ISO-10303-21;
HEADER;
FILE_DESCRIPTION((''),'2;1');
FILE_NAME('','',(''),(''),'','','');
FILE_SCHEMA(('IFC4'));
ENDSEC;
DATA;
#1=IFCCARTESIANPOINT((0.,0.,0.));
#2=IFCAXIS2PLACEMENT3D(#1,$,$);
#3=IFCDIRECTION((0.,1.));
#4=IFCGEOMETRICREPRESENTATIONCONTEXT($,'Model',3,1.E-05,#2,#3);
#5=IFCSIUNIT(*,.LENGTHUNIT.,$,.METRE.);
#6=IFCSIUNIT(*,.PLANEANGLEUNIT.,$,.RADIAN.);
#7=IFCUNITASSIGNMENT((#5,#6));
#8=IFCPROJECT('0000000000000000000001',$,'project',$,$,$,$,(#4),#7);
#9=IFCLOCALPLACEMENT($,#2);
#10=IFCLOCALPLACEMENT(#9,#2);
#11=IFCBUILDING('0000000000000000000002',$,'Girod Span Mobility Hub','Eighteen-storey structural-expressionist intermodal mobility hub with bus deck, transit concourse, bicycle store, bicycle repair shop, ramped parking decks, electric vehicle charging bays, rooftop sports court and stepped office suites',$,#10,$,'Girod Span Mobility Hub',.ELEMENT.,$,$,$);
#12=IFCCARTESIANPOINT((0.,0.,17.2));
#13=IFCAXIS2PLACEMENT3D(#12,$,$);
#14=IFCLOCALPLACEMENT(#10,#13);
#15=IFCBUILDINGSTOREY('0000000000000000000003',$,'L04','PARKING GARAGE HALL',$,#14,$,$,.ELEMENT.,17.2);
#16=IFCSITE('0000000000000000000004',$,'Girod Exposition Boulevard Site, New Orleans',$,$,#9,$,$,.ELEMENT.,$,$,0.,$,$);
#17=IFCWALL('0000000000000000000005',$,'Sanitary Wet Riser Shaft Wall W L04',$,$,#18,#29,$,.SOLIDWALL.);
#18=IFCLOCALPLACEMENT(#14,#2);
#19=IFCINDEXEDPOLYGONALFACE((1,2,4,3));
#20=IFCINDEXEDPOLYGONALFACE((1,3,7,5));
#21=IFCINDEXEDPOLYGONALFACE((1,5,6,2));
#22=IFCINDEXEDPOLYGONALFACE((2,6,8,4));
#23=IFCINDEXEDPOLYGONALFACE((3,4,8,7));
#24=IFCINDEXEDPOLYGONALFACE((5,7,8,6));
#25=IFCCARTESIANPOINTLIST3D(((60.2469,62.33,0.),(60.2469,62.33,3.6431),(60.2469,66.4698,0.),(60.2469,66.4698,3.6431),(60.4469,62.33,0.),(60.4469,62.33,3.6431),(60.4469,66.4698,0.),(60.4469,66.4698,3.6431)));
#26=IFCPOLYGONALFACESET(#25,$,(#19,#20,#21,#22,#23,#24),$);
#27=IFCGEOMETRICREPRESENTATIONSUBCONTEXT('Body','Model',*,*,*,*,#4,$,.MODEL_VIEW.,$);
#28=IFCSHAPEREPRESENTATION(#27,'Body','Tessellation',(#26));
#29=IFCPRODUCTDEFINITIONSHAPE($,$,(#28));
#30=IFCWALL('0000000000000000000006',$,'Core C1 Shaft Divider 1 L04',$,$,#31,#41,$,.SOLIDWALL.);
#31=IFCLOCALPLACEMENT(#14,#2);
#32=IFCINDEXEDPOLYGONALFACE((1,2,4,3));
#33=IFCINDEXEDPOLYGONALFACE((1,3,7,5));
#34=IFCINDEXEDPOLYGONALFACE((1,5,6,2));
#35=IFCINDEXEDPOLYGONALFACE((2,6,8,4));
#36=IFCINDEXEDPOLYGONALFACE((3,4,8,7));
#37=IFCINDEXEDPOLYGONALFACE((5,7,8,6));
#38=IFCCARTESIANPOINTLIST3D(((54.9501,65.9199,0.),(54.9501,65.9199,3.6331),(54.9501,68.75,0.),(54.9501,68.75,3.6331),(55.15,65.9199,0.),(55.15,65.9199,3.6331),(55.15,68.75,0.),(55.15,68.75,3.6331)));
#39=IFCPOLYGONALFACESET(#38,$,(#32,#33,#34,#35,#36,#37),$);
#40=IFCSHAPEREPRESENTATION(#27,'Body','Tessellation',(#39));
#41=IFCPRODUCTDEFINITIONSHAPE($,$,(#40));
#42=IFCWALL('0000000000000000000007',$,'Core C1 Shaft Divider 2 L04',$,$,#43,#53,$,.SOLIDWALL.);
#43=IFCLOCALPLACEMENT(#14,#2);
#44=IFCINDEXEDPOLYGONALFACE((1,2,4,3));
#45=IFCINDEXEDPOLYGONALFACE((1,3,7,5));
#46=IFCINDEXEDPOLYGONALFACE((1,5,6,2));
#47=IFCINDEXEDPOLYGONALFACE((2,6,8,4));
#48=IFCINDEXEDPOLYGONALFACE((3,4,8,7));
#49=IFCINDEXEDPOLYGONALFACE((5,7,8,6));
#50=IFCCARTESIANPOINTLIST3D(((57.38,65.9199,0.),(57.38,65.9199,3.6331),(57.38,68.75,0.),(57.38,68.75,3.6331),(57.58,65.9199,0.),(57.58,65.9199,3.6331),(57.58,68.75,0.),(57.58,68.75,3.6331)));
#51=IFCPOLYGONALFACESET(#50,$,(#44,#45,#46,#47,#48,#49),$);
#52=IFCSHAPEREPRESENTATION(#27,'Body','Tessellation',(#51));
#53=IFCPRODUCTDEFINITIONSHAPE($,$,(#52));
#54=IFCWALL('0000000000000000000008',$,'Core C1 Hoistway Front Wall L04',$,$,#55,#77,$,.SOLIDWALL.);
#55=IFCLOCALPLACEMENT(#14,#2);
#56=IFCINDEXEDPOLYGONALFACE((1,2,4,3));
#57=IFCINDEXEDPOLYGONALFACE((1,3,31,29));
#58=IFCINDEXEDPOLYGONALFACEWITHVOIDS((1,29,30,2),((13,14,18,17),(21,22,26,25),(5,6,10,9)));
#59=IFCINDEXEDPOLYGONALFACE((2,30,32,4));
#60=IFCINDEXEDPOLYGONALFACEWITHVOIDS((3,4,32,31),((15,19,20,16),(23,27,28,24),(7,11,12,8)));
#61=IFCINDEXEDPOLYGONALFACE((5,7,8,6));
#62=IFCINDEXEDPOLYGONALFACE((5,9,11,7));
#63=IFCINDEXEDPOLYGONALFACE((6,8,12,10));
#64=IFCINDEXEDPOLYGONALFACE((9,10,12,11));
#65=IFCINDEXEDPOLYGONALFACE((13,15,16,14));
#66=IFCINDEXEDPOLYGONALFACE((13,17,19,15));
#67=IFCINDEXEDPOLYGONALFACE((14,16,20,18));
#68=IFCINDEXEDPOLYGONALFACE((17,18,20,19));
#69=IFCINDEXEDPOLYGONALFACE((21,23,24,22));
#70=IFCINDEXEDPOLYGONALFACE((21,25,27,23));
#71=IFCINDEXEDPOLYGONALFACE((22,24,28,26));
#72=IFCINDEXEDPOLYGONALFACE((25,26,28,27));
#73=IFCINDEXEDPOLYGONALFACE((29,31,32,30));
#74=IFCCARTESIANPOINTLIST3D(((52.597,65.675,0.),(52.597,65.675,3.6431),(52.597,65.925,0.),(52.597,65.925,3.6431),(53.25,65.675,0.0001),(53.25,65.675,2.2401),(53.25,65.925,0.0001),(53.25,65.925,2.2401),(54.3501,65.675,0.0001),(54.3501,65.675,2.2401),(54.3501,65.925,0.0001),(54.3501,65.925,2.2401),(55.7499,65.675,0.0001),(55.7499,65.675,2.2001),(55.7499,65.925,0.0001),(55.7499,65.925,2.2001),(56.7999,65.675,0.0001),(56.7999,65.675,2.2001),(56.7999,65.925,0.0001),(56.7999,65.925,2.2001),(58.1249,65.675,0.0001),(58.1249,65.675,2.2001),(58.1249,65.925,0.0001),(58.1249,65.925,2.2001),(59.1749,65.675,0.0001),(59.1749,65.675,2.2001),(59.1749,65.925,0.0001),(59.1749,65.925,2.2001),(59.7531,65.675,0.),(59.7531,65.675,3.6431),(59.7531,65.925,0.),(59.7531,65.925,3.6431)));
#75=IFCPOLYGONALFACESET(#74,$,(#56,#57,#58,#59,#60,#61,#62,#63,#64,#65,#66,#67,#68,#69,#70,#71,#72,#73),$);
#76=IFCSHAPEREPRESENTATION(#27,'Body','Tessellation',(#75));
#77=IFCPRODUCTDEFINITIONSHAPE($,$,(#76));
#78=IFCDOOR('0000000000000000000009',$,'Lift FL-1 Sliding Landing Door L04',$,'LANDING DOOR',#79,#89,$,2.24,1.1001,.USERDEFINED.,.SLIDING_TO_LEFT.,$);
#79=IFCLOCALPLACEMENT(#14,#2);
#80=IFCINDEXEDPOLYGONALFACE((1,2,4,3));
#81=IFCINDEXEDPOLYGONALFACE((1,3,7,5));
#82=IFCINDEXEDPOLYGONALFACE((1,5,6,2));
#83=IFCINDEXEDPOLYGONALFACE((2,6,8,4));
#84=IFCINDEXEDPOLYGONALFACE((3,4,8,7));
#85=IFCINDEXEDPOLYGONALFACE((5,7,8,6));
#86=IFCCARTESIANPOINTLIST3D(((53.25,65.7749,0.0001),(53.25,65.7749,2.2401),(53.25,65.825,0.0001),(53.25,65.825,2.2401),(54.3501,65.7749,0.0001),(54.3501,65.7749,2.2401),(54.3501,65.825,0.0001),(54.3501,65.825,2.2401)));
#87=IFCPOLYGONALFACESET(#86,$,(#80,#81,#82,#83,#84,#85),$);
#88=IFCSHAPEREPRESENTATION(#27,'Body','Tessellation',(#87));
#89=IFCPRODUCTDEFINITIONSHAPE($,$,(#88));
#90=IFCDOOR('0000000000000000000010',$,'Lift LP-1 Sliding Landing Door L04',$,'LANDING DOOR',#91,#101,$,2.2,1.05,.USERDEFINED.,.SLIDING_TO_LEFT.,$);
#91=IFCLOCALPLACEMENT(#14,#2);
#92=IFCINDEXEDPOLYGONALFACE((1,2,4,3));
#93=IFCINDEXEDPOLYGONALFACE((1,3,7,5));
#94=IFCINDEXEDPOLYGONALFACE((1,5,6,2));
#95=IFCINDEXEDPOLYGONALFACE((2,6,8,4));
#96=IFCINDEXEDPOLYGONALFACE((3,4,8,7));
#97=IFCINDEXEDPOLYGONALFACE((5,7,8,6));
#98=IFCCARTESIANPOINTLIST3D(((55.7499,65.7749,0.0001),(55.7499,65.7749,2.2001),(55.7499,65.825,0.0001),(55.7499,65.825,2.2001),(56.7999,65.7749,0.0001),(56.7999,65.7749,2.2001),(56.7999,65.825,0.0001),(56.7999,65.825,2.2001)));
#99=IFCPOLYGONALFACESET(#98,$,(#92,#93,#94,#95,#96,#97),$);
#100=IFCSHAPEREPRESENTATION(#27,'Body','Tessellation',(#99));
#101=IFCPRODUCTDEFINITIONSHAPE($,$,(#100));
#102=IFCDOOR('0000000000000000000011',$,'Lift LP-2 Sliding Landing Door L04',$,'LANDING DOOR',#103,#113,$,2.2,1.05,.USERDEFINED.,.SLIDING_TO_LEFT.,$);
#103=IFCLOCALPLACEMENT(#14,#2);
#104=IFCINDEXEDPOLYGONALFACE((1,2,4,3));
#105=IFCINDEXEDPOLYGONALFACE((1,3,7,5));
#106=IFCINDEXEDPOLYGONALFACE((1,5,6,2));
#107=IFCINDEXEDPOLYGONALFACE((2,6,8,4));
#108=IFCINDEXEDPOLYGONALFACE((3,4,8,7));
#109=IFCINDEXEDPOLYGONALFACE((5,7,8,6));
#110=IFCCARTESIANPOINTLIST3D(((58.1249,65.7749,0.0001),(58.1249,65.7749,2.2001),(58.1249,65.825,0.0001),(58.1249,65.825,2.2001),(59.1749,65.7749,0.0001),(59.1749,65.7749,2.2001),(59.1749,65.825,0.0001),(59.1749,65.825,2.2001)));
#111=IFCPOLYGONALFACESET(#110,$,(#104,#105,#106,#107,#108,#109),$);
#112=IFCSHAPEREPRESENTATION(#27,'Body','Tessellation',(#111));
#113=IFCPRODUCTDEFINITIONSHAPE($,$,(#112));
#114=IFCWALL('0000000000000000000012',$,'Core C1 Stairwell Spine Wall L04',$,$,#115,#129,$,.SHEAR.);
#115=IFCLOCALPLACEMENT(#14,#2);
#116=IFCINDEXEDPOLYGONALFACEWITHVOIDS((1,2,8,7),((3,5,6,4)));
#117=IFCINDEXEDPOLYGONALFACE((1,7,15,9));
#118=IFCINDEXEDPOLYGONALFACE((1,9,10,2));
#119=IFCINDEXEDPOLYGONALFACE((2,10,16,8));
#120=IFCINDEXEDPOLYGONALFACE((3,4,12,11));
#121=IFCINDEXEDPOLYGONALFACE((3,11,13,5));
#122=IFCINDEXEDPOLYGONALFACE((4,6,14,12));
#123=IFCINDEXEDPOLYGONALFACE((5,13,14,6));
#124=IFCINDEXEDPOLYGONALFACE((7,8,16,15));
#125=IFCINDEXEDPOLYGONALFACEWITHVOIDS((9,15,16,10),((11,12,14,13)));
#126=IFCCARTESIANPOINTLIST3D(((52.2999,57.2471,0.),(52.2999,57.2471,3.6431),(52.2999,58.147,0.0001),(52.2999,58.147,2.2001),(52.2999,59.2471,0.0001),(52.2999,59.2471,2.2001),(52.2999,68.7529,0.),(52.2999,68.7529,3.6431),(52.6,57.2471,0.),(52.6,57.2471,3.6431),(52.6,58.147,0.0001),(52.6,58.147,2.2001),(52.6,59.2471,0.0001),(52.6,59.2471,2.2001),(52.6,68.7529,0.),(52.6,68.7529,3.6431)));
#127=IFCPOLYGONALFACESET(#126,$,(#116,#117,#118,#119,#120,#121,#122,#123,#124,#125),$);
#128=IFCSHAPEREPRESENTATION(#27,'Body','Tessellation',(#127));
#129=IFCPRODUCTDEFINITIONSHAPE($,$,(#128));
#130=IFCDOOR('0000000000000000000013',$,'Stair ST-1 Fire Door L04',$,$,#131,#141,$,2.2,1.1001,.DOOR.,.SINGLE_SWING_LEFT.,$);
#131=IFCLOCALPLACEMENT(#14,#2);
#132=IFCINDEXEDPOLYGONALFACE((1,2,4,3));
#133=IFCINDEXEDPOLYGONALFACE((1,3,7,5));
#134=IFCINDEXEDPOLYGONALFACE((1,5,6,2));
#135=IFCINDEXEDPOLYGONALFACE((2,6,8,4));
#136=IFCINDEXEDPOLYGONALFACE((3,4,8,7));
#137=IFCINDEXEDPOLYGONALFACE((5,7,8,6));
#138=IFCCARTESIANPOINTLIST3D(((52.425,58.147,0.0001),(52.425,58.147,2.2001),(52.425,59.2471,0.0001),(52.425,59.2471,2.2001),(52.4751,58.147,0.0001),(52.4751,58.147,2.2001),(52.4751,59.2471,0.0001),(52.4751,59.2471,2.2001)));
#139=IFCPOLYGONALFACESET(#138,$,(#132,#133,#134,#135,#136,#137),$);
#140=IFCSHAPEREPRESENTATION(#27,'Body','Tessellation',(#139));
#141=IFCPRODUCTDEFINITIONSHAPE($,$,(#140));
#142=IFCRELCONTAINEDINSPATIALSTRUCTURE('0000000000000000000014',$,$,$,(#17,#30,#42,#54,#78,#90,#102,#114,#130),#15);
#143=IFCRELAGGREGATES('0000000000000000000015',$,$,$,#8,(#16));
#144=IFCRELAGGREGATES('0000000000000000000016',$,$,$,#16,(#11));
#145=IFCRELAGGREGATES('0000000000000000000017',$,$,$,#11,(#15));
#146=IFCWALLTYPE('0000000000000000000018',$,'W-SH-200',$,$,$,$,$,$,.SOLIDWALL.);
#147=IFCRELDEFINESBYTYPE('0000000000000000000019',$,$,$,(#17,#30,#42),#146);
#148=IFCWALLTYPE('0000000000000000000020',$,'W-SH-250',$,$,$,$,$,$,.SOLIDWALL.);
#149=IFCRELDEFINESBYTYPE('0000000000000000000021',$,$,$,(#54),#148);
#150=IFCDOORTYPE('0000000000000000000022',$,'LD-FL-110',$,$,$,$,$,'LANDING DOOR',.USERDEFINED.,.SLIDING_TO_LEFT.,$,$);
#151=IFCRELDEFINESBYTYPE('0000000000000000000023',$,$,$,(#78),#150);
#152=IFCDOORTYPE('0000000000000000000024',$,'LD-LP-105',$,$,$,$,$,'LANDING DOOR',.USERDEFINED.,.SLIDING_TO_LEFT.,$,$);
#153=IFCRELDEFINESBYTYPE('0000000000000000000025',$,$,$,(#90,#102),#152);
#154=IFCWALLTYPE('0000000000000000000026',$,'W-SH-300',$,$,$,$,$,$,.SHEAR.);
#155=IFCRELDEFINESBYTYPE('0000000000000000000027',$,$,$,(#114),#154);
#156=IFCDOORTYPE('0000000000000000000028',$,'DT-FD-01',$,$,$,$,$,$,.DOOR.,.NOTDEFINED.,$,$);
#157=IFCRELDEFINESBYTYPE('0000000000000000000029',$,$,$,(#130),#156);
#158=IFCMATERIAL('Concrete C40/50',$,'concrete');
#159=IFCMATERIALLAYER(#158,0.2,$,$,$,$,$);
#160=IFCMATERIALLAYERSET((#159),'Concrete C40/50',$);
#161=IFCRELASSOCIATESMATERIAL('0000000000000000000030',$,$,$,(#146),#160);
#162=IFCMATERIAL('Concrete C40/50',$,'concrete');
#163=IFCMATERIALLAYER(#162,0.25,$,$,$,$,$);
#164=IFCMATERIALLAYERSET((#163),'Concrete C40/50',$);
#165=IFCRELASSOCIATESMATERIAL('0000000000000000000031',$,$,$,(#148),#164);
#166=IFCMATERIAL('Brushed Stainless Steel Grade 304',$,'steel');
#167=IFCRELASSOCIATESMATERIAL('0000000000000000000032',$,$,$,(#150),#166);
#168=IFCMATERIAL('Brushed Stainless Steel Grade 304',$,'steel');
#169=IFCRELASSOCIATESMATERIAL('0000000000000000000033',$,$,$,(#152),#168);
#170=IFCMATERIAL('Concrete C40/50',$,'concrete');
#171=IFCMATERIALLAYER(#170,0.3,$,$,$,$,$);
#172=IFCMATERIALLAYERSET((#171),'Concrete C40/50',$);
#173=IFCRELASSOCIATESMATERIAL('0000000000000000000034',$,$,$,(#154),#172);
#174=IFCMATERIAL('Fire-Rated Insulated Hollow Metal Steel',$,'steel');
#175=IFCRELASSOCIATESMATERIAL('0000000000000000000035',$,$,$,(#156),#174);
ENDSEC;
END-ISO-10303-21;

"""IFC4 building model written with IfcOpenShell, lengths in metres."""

from ifc_helpers import new_model, si_unit, direction, frame, frame_2d, origin, place, context, subcontext, project, spatial, rectangle, extrude, material, layer, layer_set, type_object, element, fill, save


model = new_model("IFC4")

# Units and contexts
model_context = context("Model", 3, precision=1e-05, world=origin(), true_north=direction((0.0, 1.0)))
body_context = subcontext(model_context, "Body", "Model", "MODEL_VIEW")
ifc_project = project(units=[si_unit("LENGTHUNIT", "METRE"), si_unit("PLANEANGLEUNIT", "RADIAN")], contexts=[model_context])

# Site, building, storey
site_placement = place(None, origin())
site = spatial("IfcSite", under=ifc_project, at=site_placement, Name="Girod Exposition Boulevard Site, New Orleans", CompositionType="ELEMENT", RefElevation=0.0)
building_placement = place(site_placement, origin())
building = spatial("IfcBuilding", under=site, at=building_placement, Name="Girod Span Mobility Hub", Description="Eighteen-storey structural-expressionist intermodal mobility hub with bus deck, transit concourse, bicycle store, bicycle repair shop, ramped parking decks, electric vehicle charging bays, rooftop sports court and stepped office suites", LongName="Girod Span Mobility Hub", CompositionType="ELEMENT")
storey_placement = place(building_placement, frame((0.0, 0.0, 17.2)))
storey = spatial("IfcBuildingStorey", under=building, at=storey_placement, Name="L04", Description="PARKING GARAGE HALL", CompositionType="ELEMENT", Elevation=17.2)

# Walls
ifc_material_1 = material(Name="Concrete C40/50", Category="concrete")
ifc_layer_1 = layer(ifc_material_1, 0.2)
ifc_layer_set_1 = layer_set([ifc_layer_1], Name="Concrete C40/50")
wall_type_1 = type_object("IfcWallType", Name="W-SH-200", PredefinedType="SOLIDWALL", material=ifc_layer_set_1)
wall_1_placement = place(storey_placement, frame((60.3469, 62.3301, 0.0), z_axis=(0.0, 0.0, 1.0), x_axis=(0.0, 1.0, 0.0)))
element("IfcWall", 1, at=wall_1_placement, inside=storey, type_object=wall_type_1, Name="Sanitary Wet Riser Shaft Wall W L04", PredefinedType="SOLIDWALL", context=body_context, shape_type="SweptSolid", body=[
    extrude(rectangle(XDim=4.1399, YDim=0.2, at=frame_2d((2.0698, 0.0))), origin(), (0.0, 0.0, 1.0), 3.6431),
])
for number, where, z_axis, x_axis, name in (
    (2, (55.05, 65.9199, 0.0), (0.0, 0.0, 1.0), (0.0, 1.0, 0.0), "Core C1 Shaft Divider 1 L04"),
    (3, (57.48, 65.9199, 0.0), (0.0, 0.0, 1.0), (0.0, 1.0, 0.0), "Core C1 Shaft Divider 2 L04"),
):
    element("IfcWall", number, at=place(storey_placement, frame(where, z_axis=z_axis, x_axis=x_axis)), inside=storey, type_object=wall_type_1, Name=name, PredefinedType="SOLIDWALL", context=body_context, shape_type="SweptSolid", body=[
        extrude(rectangle(XDim=2.8301, YDim=0.2, at=frame_2d((1.415, 0.0))), origin(), (0.0, 0.0, 1.0), 3.6331),
    ])

# Wall, openings, doors
ifc_material_2 = material(Name="Concrete C40/50", Category="concrete")
ifc_layer_2 = layer(ifc_material_2, 0.25)
ifc_layer_set_2 = layer_set([ifc_layer_2], Name="Concrete C40/50")
wall_type_2 = type_object("IfcWallType", Name="W-SH-250", PredefinedType="SOLIDWALL", material=ifc_layer_set_2)
wall_2_placement = place(storey_placement, frame((52.5969, 65.8, 0.0), z_axis=(0.0, 0.0, 1.0), x_axis=(1.0, 0.0, 0.0)))
wall_2 = element("IfcWall", 4, at=wall_2_placement, inside=storey, type_object=wall_type_2, Name="Core C1 Hoistway Front Wall L04", PredefinedType="SOLIDWALL", context=body_context, shape_type="SweptSolid", body=[
    extrude(rectangle(XDim=7.156, YDim=0.25, at=frame_2d((3.5781, 0.0))), origin(), (0.0, 0.0, 1.0), 3.6431),
])
opening_1_placement = place(wall_2_placement, frame((0.6531, 0.0, 0.0)))
opening_1 = element("IfcOpeningElement", 5, at=opening_1_placement, cuts=wall_2, PredefinedType="OPENING", context=body_context, shape_type="SweptSolid", body=[
    extrude(rectangle(XDim=1.1001, YDim=2.24, at=frame_2d((0.55, 1.1201))), frame((0.0, 0.1399, 0.0), z_axis=(0.0, -1.0, 0.0), x_axis=(1.0, 0.0, 0.0)), (0.0, 0.0, 1.0), 0.28),
])
opening_2_placement = place(wall_2_placement, frame((3.1531, 0.0, 0.0)))
opening_2 = element("IfcOpeningElement", 6, at=opening_2_placement, cuts=wall_2, PredefinedType="OPENING", context=body_context, shape_type="SweptSolid", body=[
    extrude(rectangle(XDim=1.05, YDim=2.2, at=frame_2d((0.5249, 1.1001))), frame((0.0, 0.1399, 0.0), z_axis=(0.0, -1.0, 0.0), x_axis=(1.0, 0.0, 0.0)), (0.0, 0.0, 1.0), 0.28),
])
opening_3_placement = place(wall_2_placement, frame((5.5281, 0.0, 0.0)))
opening_3 = element("IfcOpeningElement", 7, at=opening_3_placement, cuts=wall_2, PredefinedType="OPENING", context=body_context, shape_type="SweptSolid", body=[
    extrude(rectangle(XDim=1.05, YDim=2.2, at=frame_2d((0.5249, 1.1001))), frame((0.0, 0.1399, 0.0), z_axis=(0.0, -1.0, 0.0), x_axis=(1.0, 0.0, 0.0)), (0.0, 0.0, 1.0), 0.28),
])
ifc_material_3 = material(Name="Brushed Stainless Steel Grade 304", Category="steel")
door_type_1 = type_object("IfcDoorType", Name="LD-FL-110", ElementType="LANDING DOOR", OperationType="SLIDING_TO_LEFT", PredefinedType="USERDEFINED", material=ifc_material_3)
door_1_placement = place(opening_1_placement, origin())
door_1 = element("IfcDoor", 8, at=door_1_placement, inside=storey, type_object=door_type_1, Name="Lift FL-1 Sliding Landing Door L04", ObjectType="LANDING DOOR", OperationType="SLIDING_TO_LEFT", OverallHeight=2.24, OverallWidth=1.1001, PredefinedType="USERDEFINED", context=body_context, shape_type="SweptSolid", body=[
    extrude(rectangle(XDim=1.1001, YDim=2.24, at=frame_2d((0.55, 1.1201))), frame((0.0, 0.0249, 0.0), z_axis=(0.0, -1.0, 0.0), x_axis=(1.0, 0.0, 0.0)), (0.0, 0.0, 1.0), 0.05),
])
fill(opening_1, door_1)
ifc_material_4 = material(Name="Brushed Stainless Steel Grade 304", Category="steel")
door_type_2 = type_object("IfcDoorType", Name="LD-LP-105", ElementType="LANDING DOOR", OperationType="SLIDING_TO_LEFT", PredefinedType="USERDEFINED", material=ifc_material_4)
door_2_placement = place(opening_2_placement, origin())
door_2 = element("IfcDoor", 9, at=door_2_placement, inside=storey, type_object=door_type_2, Name="Lift LP-1 Sliding Landing Door L04", ObjectType="LANDING DOOR", OperationType="SLIDING_TO_LEFT", OverallHeight=2.2, OverallWidth=1.05, PredefinedType="USERDEFINED", context=body_context, shape_type="SweptSolid", body=[
    extrude(rectangle(XDim=1.05, YDim=2.2, at=frame_2d((0.5249, 1.1001))), frame((0.0, 0.0249, 0.0), z_axis=(0.0, -1.0, 0.0), x_axis=(1.0, 0.0, 0.0)), (0.0, 0.0, 1.0), 0.05),
])
fill(opening_2, door_2)
door_3_placement = place(opening_3_placement, origin())
door_3 = element("IfcDoor", 10, at=door_3_placement, inside=storey, type_object=door_type_2, Name="Lift LP-2 Sliding Landing Door L04", ObjectType="LANDING DOOR", OperationType="SLIDING_TO_LEFT", OverallHeight=2.2, OverallWidth=1.05, PredefinedType="USERDEFINED", context=body_context, shape_type="SweptSolid", body=[
    extrude(rectangle(XDim=1.05, YDim=2.2, at=frame_2d((0.5249, 1.1001))), frame((0.0, 0.0249, 0.0), z_axis=(0.0, -1.0, 0.0), x_axis=(1.0, 0.0, 0.0)), (0.0, 0.0, 1.0), 0.05),
])
fill(opening_3, door_3)

# Wall, opening, door
ifc_material_5 = material(Name="Concrete C40/50", Category="concrete")
ifc_layer_3 = layer(ifc_material_5, 0.3)
ifc_layer_set_3 = layer_set([ifc_layer_3], Name="Concrete C40/50")
wall_type_3 = type_object("IfcWallType", Name="W-SH-300", PredefinedType="SHEAR", material=ifc_layer_set_3)
wall_3_placement = place(storey_placement, frame((52.45, 57.2471, 0.0), z_axis=(0.0, 0.0, 1.0), x_axis=(0.0, 1.0, 0.0)))
wall_3 = element("IfcWall", 11, at=wall_3_placement, inside=storey, type_object=wall_type_3, Name="Core C1 Stairwell Spine Wall L04", PredefinedType="SHEAR", context=body_context, shape_type="SweptSolid", body=[
    extrude(rectangle(XDim=11.5059, YDim=0.3, at=frame_2d((5.7529, 0.0))), origin(), (0.0, 0.0, 1.0), 3.6431),
])
opening_4_placement = place(wall_3_placement, frame((0.8999, 0.0, 0.0)))
opening_4 = element("IfcOpeningElement", 12, at=opening_4_placement, cuts=wall_3, PredefinedType="OPENING", context=body_context, shape_type="SweptSolid", body=[
    extrude(rectangle(XDim=1.1001, YDim=2.2, at=frame_2d((0.55, 1.1001))), frame((0.0, 0.165, 0.0), z_axis=(0.0, -1.0, 0.0), x_axis=(1.0, 0.0, 0.0)), (0.0, 0.0, 1.0), 0.3301),
])
ifc_material_6 = material(Name="Fire-Rated Insulated Hollow Metal Steel", Category="steel")
door_type_3 = type_object("IfcDoorType", Name="DT-FD-01", OperationType="NOTDEFINED", PredefinedType="DOOR", material=ifc_material_6)
door_4_placement = place(opening_4_placement, origin())
door_4 = element("IfcDoor", 13, at=door_4_placement, inside=storey, type_object=door_type_3, Name="Stair ST-1 Fire Door L04", OperationType="SINGLE_SWING_LEFT", OverallHeight=2.2, OverallWidth=1.1001, PredefinedType="DOOR", context=body_context, shape_type="SweptSolid", body=[
    extrude(rectangle(XDim=1.1001, YDim=2.2, at=frame_2d((0.55, 1.1001))), frame((0.0, 0.0249, 0.0), z_axis=(0.0, -1.0, 0.0), x_axis=(1.0, 0.0, 0.0)), (0.0, 0.0, 1.0), 0.05),
])
fill(opening_4, door_4)

save(model, "model.ifc")
